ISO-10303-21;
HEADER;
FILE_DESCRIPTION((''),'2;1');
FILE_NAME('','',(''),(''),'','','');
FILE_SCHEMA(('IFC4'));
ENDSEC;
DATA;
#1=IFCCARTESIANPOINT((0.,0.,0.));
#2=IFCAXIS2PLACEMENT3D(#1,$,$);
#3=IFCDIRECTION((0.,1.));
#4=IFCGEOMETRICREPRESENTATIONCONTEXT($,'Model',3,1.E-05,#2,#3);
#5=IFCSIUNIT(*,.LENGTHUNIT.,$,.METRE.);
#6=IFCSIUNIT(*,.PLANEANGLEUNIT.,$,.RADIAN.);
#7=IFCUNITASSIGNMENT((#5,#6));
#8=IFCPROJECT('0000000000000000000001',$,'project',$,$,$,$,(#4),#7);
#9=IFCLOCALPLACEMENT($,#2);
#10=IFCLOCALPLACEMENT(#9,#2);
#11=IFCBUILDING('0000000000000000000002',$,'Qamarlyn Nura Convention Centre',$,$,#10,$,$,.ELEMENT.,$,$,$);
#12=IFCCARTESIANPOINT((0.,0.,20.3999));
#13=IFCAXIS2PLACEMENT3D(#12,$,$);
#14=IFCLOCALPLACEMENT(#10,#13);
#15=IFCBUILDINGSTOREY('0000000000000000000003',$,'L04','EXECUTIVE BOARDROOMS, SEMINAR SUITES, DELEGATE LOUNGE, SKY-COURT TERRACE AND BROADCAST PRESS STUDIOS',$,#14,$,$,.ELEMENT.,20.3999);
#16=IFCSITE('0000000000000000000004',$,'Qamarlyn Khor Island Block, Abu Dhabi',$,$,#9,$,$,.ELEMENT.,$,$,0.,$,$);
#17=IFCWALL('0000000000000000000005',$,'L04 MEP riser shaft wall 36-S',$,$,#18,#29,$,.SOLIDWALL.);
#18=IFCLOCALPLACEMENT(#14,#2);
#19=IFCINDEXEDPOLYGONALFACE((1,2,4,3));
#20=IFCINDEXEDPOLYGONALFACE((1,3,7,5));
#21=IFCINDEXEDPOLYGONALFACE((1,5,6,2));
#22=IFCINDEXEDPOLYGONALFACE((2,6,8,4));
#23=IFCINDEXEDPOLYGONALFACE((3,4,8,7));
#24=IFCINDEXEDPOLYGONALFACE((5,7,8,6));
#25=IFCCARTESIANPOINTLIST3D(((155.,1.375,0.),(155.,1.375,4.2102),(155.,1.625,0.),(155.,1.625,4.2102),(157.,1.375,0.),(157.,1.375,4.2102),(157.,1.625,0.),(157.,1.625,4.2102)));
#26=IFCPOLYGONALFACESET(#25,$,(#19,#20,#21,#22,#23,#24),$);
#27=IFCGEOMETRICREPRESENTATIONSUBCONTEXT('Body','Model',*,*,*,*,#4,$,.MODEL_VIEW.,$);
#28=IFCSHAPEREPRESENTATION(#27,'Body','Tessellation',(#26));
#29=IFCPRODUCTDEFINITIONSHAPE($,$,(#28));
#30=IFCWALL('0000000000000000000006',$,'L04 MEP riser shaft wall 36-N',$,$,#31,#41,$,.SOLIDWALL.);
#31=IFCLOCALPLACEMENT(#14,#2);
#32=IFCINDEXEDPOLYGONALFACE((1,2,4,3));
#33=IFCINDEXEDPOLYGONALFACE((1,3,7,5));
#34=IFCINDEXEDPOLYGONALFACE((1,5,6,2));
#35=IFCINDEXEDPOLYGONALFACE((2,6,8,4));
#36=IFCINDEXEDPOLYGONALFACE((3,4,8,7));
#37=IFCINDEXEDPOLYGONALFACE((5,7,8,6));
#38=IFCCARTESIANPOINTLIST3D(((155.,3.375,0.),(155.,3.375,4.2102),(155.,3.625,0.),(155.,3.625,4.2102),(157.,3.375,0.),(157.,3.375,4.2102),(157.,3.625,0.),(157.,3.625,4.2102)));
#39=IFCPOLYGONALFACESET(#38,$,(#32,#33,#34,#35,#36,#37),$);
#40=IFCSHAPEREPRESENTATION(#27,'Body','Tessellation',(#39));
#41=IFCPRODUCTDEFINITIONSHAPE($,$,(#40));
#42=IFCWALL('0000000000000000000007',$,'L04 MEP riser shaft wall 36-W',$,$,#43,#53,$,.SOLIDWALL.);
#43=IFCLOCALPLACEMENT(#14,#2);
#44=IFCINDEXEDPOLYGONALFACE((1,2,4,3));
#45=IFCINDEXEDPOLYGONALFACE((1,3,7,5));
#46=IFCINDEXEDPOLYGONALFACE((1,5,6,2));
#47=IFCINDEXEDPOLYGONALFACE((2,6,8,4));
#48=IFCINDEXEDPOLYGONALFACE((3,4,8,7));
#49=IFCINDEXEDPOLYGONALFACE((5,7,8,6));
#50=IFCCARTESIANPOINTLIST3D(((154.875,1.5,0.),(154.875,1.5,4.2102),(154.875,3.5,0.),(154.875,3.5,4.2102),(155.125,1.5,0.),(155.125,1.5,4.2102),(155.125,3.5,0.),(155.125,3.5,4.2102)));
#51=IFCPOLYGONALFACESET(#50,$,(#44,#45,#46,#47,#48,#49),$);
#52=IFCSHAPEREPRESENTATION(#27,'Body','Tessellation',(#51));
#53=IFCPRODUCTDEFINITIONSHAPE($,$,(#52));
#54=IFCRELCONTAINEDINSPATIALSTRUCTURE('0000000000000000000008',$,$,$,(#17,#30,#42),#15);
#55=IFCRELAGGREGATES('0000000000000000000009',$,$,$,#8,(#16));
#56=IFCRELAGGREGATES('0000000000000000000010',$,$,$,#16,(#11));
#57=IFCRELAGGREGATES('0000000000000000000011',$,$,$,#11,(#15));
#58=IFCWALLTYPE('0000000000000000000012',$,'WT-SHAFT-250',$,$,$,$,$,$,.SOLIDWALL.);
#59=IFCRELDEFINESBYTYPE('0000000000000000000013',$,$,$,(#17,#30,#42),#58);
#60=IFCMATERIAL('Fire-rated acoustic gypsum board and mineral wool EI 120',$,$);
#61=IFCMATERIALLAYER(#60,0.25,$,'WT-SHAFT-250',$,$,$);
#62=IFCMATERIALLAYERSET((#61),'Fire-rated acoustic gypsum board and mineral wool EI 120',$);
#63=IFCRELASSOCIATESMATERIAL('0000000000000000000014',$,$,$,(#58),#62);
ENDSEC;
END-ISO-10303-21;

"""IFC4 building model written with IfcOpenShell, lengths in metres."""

from ifc_helpers import new_model, si_unit, direction, frame, frame_2d, origin, place, context, subcontext, project, spatial, rectangle, extrude, material, layer, layer_set, type_object, element, save


model = new_model("IFC4")

# Units and contexts
model_context = context("Model", 3, precision=1e-05, world=origin(), true_north=direction((0.0, 1.0)))
body_context = subcontext(model_context, "Body", "Model", "MODEL_VIEW")
ifc_project = project(units=[si_unit("LENGTHUNIT", "METRE"), si_unit("PLANEANGLEUNIT", "RADIAN")], contexts=[model_context])

# Site, building, storey
site_placement = place(None, origin())
site = spatial("IfcSite", under=ifc_project, at=site_placement, Name="Qamarlyn Khor Island Block, Abu Dhabi", CompositionType="ELEMENT", RefElevation=0.0)
building_placement = place(site_placement, origin())
building = spatial("IfcBuilding", under=site, at=building_placement, Name="Qamarlyn Nura Convention Centre", CompositionType="ELEMENT")
storey_placement = place(building_placement, frame((0.0, 0.0, 20.3999)))
storey = spatial("IfcBuildingStorey", under=building, at=storey_placement, Name="L04", Description="EXECUTIVE BOARDROOMS, SEMINAR SUITES, DELEGATE LOUNGE, SKY-COURT TERRACE AND BROADCAST PRESS STUDIOS", CompositionType="ELEMENT", Elevation=20.3999)

# Walls
ifc_material_1 = material(Name="Fire-rated acoustic gypsum board and mineral wool EI 120")
ifc_layer_1 = layer(ifc_material_1, 0.25, Name="WT-SHAFT-250")
ifc_layer_set_1 = layer_set([ifc_layer_1], Name="Fire-rated acoustic gypsum board and mineral wool EI 120")
wall_type_1 = type_object("IfcWallType", Name="WT-SHAFT-250", PredefinedType="SOLIDWALL", material=ifc_layer_set_1)
for number, where, z_axis, x_axis, name in (
    (1, (155.0, 1.5, 0.0), (0.0, 0.0, 1.0), (1.0, 0.0, 0.0), "L04 MEP riser shaft wall 36-S"),
    (2, (157.0, 3.5, 0.0), (0.0, 0.0, 1.0), (-1.0, 0.0, 0.0), "L04 MEP riser shaft wall 36-N"),
    (3, (155.0, 3.5, 0.0), (0.0, 0.0, 1.0), (0.0, -1.0, 0.0), "L04 MEP riser shaft wall 36-W"),
):
    element("IfcWall", number, at=place(storey_placement, frame(where, z_axis=z_axis, x_axis=x_axis)), inside=storey, type_object=wall_type_1, Name=name, PredefinedType="SOLIDWALL", context=body_context, shape_type="SweptSolid", body=[
        extrude(rectangle(XDim=2.0, YDim=0.25, at=frame_2d((1.0, 0.0))), origin(), (0.0, 0.0, 1.0), 4.2102),
    ])

save(model, "model.ifc")
